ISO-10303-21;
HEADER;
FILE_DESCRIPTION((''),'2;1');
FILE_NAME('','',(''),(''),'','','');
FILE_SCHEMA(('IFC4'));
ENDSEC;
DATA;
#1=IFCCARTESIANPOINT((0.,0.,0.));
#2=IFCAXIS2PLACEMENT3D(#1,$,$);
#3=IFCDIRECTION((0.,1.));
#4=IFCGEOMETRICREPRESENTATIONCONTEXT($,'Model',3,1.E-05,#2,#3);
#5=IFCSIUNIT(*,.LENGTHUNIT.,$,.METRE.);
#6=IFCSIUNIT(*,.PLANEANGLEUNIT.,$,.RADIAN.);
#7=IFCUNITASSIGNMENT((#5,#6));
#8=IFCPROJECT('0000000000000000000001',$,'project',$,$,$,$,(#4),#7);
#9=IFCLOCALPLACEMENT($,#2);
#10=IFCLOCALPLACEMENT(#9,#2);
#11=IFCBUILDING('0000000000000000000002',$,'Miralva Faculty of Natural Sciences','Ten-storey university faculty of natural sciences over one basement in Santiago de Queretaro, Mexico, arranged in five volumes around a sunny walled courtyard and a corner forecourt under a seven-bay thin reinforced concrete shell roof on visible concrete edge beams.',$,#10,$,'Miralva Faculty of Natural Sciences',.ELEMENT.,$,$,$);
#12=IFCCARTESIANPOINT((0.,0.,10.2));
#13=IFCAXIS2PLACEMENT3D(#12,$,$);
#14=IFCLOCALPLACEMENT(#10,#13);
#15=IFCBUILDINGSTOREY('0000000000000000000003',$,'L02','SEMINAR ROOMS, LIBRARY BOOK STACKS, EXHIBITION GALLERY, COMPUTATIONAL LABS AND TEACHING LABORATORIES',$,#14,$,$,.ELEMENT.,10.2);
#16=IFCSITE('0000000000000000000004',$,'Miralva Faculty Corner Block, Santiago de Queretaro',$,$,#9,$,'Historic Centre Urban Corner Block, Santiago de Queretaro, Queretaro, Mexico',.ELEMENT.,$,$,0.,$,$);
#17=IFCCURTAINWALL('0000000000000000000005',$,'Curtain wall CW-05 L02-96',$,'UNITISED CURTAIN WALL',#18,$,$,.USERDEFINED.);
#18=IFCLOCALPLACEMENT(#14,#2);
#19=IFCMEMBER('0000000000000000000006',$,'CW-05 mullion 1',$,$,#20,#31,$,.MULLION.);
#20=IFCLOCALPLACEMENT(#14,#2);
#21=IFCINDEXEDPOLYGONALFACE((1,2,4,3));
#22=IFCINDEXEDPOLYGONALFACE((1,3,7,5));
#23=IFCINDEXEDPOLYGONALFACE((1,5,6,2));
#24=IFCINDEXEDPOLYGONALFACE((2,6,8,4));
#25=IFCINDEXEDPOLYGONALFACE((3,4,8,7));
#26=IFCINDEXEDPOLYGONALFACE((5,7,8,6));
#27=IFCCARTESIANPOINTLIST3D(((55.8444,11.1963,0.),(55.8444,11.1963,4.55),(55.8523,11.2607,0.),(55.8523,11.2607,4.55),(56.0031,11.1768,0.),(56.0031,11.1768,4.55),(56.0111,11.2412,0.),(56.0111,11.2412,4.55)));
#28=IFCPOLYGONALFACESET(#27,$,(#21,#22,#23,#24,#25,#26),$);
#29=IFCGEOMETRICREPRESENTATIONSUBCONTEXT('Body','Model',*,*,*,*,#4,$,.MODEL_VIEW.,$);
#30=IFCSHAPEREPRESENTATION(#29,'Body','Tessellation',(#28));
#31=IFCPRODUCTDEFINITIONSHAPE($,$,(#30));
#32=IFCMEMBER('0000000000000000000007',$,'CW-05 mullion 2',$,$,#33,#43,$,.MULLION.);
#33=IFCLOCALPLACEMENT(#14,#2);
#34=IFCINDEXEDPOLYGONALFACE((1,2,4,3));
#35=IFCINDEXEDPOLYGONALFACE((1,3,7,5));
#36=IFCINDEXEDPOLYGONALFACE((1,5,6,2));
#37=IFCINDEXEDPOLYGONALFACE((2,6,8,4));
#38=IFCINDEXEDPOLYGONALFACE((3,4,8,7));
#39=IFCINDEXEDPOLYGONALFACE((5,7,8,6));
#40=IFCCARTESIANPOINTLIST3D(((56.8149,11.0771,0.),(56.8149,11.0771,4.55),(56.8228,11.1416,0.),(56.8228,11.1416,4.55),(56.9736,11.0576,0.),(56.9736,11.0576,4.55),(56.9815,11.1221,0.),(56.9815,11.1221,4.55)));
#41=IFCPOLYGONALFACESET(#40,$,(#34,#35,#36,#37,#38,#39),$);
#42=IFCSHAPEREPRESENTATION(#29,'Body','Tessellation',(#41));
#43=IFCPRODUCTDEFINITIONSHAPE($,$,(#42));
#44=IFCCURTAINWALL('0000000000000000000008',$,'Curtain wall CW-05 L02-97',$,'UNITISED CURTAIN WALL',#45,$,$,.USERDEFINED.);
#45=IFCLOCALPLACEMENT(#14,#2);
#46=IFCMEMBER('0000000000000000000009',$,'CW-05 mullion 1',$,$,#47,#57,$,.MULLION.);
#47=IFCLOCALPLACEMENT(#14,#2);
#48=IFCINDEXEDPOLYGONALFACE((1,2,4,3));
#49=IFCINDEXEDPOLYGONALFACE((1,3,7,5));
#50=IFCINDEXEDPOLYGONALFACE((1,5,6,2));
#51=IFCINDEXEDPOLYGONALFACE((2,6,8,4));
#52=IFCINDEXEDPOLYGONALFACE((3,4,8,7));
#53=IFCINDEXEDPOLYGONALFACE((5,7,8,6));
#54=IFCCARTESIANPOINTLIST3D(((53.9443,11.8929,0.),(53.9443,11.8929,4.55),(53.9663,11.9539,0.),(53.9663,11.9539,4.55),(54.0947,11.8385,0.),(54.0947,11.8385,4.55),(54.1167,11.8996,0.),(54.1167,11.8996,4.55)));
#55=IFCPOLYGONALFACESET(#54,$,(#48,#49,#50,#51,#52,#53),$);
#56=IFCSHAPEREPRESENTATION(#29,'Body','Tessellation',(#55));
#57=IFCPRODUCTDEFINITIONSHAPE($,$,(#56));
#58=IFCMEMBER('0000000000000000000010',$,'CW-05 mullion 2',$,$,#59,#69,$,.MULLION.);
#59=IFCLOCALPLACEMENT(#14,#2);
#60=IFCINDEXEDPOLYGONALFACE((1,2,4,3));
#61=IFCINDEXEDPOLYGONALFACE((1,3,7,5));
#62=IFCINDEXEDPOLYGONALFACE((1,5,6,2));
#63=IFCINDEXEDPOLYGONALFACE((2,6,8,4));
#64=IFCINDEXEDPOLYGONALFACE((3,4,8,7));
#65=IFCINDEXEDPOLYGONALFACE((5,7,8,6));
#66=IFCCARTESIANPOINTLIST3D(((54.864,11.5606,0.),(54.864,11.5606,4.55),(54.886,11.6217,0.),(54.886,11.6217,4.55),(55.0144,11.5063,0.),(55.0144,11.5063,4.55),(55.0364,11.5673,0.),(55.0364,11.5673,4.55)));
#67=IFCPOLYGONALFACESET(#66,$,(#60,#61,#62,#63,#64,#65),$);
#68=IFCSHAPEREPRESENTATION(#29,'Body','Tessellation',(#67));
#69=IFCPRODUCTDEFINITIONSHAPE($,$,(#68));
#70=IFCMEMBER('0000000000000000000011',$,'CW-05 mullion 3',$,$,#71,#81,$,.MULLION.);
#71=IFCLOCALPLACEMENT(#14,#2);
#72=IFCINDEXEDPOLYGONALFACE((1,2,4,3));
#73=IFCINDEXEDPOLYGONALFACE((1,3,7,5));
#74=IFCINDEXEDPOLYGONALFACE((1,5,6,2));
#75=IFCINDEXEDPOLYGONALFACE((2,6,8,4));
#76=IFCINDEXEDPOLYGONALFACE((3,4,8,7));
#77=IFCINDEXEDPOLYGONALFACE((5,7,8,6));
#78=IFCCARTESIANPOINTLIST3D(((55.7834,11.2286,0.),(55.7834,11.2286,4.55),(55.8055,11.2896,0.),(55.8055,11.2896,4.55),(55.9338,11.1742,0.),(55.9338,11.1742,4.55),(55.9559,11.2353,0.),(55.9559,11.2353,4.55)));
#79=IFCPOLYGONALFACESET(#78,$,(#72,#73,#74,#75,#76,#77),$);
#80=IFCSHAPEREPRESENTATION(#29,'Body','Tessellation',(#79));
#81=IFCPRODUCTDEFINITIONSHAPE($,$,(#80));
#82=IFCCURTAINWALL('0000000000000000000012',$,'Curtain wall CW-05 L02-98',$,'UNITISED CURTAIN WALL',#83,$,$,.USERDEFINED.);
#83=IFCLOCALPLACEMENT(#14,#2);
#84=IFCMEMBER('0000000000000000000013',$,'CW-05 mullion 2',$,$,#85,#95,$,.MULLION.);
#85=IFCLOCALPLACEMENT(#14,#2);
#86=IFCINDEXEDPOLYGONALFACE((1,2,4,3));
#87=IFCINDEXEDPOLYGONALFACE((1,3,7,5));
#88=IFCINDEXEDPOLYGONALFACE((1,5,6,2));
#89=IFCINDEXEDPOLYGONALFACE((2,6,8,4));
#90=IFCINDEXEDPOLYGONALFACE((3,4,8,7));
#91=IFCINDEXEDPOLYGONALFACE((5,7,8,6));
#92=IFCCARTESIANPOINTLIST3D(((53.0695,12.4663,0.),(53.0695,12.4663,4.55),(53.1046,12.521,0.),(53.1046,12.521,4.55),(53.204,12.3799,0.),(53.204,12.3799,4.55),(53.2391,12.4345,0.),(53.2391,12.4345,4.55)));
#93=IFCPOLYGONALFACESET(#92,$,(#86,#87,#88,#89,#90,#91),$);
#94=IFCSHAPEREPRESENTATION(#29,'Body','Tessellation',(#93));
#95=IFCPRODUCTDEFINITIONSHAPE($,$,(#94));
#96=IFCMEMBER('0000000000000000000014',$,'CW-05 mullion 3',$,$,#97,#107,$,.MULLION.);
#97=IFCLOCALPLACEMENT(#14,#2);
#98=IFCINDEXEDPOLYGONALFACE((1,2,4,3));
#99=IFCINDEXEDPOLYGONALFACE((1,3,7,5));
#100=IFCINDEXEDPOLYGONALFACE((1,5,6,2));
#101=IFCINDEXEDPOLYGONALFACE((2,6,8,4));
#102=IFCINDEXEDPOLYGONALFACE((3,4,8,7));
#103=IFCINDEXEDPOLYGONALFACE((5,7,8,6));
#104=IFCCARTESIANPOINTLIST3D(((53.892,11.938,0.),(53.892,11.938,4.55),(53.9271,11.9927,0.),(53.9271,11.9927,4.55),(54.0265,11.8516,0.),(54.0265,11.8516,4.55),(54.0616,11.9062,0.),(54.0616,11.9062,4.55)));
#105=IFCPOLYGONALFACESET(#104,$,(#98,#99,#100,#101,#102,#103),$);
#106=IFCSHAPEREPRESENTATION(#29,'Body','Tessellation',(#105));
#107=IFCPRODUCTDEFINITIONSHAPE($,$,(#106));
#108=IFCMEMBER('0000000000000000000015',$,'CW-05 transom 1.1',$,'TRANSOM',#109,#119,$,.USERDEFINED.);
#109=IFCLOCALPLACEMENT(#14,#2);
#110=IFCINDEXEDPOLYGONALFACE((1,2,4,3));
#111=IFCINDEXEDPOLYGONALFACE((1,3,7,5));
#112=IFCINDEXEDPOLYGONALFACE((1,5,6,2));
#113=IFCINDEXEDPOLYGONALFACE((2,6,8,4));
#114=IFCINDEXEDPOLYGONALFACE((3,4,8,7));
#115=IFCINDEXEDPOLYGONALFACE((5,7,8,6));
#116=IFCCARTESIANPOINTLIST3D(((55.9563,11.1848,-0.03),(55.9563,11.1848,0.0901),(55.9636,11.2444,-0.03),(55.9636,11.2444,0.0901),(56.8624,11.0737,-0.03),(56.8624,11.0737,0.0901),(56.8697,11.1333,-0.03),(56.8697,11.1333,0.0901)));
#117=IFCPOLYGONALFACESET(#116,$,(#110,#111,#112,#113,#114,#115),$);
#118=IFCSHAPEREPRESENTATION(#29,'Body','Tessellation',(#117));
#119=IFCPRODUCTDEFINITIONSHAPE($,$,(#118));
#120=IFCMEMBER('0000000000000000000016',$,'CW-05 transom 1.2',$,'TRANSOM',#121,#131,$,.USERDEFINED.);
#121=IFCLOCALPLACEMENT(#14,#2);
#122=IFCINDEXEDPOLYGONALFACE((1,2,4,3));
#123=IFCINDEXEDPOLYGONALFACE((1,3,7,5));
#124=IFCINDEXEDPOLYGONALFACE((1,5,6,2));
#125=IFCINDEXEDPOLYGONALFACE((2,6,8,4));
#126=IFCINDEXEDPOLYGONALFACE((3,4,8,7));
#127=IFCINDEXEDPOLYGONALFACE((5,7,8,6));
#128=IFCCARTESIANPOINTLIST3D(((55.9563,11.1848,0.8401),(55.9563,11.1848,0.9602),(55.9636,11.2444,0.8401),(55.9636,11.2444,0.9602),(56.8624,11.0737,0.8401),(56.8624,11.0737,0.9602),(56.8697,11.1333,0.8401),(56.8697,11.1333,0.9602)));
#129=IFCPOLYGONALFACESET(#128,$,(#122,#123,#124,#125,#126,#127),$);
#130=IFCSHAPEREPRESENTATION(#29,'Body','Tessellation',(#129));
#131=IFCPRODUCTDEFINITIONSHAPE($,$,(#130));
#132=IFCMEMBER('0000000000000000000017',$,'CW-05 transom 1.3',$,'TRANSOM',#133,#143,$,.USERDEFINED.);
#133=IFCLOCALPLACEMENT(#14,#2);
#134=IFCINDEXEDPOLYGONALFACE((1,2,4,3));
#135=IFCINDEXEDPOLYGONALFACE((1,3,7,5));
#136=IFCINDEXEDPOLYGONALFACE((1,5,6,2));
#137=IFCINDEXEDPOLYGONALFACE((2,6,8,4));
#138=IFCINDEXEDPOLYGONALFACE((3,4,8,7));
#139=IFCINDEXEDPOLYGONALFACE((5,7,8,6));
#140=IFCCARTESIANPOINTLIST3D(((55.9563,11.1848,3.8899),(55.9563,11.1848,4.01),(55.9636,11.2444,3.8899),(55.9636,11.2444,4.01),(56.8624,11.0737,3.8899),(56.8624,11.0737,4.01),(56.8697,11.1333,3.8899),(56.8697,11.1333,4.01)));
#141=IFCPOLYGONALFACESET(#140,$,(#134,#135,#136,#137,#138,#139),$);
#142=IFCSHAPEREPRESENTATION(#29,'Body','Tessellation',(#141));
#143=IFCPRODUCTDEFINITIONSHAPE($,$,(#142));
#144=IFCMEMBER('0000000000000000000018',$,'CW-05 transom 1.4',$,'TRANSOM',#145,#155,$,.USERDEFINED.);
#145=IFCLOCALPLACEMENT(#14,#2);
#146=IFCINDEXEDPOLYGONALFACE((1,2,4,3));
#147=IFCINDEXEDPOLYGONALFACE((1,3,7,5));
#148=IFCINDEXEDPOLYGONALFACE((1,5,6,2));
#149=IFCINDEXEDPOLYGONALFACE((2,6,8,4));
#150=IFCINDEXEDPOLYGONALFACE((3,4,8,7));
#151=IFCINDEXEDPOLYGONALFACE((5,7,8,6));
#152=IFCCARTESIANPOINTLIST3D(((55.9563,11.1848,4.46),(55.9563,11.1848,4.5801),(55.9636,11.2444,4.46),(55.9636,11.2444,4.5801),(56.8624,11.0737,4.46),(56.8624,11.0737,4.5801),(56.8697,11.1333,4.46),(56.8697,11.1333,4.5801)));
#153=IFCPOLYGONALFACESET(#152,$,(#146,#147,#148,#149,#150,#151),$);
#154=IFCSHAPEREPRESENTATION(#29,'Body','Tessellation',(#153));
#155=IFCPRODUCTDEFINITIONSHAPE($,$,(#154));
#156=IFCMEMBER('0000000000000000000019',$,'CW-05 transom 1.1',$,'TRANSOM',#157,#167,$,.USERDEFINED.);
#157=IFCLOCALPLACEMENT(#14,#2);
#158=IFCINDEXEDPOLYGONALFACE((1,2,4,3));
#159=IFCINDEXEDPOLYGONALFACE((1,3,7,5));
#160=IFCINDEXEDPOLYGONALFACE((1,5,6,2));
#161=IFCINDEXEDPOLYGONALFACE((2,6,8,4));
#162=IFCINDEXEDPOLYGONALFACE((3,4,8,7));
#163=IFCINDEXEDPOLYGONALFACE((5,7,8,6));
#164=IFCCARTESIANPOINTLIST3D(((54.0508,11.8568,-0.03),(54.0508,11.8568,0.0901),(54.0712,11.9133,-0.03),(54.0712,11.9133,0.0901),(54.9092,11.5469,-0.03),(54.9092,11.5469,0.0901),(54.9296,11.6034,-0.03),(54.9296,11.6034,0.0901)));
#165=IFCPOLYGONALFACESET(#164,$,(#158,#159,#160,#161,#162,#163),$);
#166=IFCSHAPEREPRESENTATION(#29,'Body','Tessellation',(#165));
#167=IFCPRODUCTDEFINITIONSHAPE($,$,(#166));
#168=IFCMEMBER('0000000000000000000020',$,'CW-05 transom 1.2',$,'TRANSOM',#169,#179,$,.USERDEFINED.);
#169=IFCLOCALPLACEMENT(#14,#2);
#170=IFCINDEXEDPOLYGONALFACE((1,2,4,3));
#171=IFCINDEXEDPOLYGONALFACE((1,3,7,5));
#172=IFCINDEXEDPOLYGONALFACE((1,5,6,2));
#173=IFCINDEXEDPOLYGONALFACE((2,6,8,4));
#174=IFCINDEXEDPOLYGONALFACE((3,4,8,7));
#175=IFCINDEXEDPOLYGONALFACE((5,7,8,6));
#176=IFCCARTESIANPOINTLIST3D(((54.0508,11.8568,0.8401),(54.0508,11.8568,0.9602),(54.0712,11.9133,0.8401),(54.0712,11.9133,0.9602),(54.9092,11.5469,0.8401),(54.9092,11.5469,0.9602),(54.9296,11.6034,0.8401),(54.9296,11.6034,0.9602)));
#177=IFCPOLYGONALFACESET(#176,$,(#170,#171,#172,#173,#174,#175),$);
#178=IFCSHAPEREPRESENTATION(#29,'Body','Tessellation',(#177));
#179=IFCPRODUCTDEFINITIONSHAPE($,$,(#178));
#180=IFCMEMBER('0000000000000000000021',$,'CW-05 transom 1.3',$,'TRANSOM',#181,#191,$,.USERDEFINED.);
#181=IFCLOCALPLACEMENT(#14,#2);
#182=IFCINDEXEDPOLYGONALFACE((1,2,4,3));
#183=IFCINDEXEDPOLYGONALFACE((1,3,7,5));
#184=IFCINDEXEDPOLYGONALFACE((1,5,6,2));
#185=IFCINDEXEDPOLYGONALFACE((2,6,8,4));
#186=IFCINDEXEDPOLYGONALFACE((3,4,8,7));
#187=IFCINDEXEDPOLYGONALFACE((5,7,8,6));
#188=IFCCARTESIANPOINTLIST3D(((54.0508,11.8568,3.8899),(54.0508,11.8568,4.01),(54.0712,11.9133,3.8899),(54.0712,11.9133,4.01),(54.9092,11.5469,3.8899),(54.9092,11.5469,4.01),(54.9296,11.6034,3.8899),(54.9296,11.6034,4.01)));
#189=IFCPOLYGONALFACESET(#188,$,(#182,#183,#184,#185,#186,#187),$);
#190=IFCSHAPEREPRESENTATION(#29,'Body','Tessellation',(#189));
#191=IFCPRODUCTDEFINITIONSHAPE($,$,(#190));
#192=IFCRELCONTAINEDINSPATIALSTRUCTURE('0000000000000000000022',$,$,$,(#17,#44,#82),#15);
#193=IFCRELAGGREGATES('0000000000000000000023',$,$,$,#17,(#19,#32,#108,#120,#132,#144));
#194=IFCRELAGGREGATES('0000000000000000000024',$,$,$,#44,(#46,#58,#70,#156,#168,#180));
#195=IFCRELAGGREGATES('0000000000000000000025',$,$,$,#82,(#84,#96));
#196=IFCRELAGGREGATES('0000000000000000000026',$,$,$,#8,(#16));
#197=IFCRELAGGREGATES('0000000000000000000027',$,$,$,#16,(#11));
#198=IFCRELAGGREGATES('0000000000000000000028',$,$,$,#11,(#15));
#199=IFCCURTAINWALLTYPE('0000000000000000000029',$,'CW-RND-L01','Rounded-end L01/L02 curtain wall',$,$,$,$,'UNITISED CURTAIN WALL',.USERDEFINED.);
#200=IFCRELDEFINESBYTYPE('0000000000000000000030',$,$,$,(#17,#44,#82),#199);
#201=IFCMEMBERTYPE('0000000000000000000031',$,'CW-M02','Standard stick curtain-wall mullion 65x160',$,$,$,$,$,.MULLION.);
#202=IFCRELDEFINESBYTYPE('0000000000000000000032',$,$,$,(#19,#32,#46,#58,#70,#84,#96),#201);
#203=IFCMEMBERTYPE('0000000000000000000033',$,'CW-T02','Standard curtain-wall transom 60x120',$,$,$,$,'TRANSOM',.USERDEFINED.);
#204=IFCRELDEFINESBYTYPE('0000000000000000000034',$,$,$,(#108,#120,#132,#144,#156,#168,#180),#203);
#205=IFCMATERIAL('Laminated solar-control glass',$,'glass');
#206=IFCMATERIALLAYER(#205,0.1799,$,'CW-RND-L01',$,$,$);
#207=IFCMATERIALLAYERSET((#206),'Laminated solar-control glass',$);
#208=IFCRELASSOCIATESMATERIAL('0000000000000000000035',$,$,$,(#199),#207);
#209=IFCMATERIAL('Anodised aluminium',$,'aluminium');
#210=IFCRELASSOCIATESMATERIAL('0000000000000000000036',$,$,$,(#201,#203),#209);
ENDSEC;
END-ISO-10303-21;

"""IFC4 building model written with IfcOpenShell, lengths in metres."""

from ifc_helpers import new_model, si_unit, direction, frame, origin, origin_2d, place, context, subcontext, project, spatial, rectangle, extrude, material, layer, layer_set, material_profile, profile_set, type_object, element, aggregate, save


model = new_model("IFC4")

# Units and contexts
model_context = context("Model", 3, precision=1e-05, world=origin(), true_north=direction((0.0, 1.0)))
body_context = subcontext(model_context, "Body", "Model", "MODEL_VIEW")
ifc_project = project(units=[si_unit("LENGTHUNIT", "METRE"), si_unit("PLANEANGLEUNIT", "RADIAN")], contexts=[model_context])

# Site, building, storey
site_placement = place(None, origin())
site = spatial("IfcSite", under=ifc_project, at=site_placement, Name="Miralva Faculty Corner Block, Santiago de Queretaro", LongName="Historic Centre Urban Corner Block, Santiago de Queretaro, Queretaro, Mexico", CompositionType="ELEMENT", RefElevation=0.0)
building_placement = place(site_placement, origin())
building = spatial("IfcBuilding", under=site, at=building_placement, Name="Miralva Faculty of Natural Sciences", Description="Ten-storey university faculty of natural sciences over one basement in Santiago de Queretaro, Mexico, arranged in five volumes around a sunny walled courtyard and a corner forecourt under a seven-bay thin reinforced concrete shell roof on visible concrete edge beams.", LongName="Miralva Faculty of Natural Sciences", CompositionType="ELEMENT")
storey_placement = place(building_placement, frame((0.0, 0.0, 10.2)))
storey = spatial("IfcBuildingStorey", under=building, at=storey_placement, Name="L02", Description="SEMINAR ROOMS, LIBRARY BOOK STACKS, EXHIBITION GALLERY, COMPUTATIONAL LABS AND TEACHING LABORATORIES", CompositionType="ELEMENT", Elevation=10.2)

# Curtain walls, members
ifc_material_1 = material(Name="Laminated solar-control glass", Category="glass")
ifc_layer_1 = layer(ifc_material_1, 0.1799, Name="CW-RND-L01")
ifc_layer_set_1 = layer_set([ifc_layer_1], Name="Laminated solar-control glass")
curtain_wall_type = type_object("IfcCurtainWallType", Name="CW-RND-L01", Description="Rounded-end L01/L02 curtain wall", ElementType="UNITISED CURTAIN WALL", PredefinedType="USERDEFINED", material=ifc_layer_set_1)
curtain_wall_1_placement = place(storey_placement, origin())
curtain_wall_1 = element("IfcCurtainWall", 1, at=curtain_wall_1_placement, inside=storey, type_object=curtain_wall_type, Name="Curtain wall CW-05 L02-96", ObjectType="UNITISED CURTAIN WALL", PredefinedType="USERDEFINED")
ifc_material_2 = material(Name="Anodised aluminium", Category="aluminium")
ifc_material_profile_1 = material_profile(ifc_material_2, rectangle(XDim=0.0649, YDim=0.1599, at=origin_2d()), Name="MULLION 65x160")
ifc_profile_set_1 = profile_set([ifc_material_profile_1], Name="Anodised aluminium")
member_type_1 = type_object("IfcMemberType", Name="CW-M02", Description="Standard stick curtain-wall mullion 65x160", PredefinedType="MULLION", material=ifc_profile_set_1)
member_1_placement = place(storey_placement, frame((55.9277, 11.2188, 0.0), z_axis=(0.0, 0.0, 1.0), x_axis=(0.12186, 0.992547, 0.0)))
member_1 = element("IfcMember", 2, at=member_1_placement, type_object=member_type_1, Name="CW-05 mullion 1", PredefinedType="MULLION", context=body_context, shape_type="SweptSolid", body=[
    extrude(rectangle(XDim=0.0649, YDim=0.1599, at=origin_2d()), origin(), (0.0, 0.0, 1.0), 4.55),
])
member_2_placement = place(storey_placement, frame((56.8982, 11.0996, 0.0), z_axis=(0.0, 0.0, 1.0), x_axis=(0.12186, 0.992547, 0.0)))
member_2 = element("IfcMember", 3, at=member_2_placement, type_object=member_type_1, Name="CW-05 mullion 2", PredefinedType="MULLION", context=body_context, shape_type="SweptSolid", body=[
    extrude(rectangle(XDim=0.0649, YDim=0.1599, at=origin_2d()), origin(), (0.0, 0.0, 1.0), 4.55),
])
curtain_wall_2_placement = place(storey_placement, origin())
curtain_wall_2 = element("IfcCurtainWall", 4, at=curtain_wall_2_placement, inside=storey, type_object=curtain_wall_type, Name="Curtain wall CW-05 L02-97", ObjectType="UNITISED CURTAIN WALL", PredefinedType="USERDEFINED")
member_3_placement = place(storey_placement, frame((54.0305, 11.8962, 0.0), z_axis=(0.0, 0.0, 1.0), x_axis=(0.339696, 0.940535, 0.0)))
member_3 = element("IfcMember", 5, at=member_3_placement, type_object=member_type_1, Name="CW-05 mullion 1", PredefinedType="MULLION", context=body_context, shape_type="SweptSolid", body=[
    extrude(rectangle(XDim=0.0649, YDim=0.1599, at=origin_2d()), origin(), (0.0, 0.0, 1.0), 4.55),
])
member_4_placement = place(storey_placement, frame((54.9502, 11.564, 0.0), z_axis=(0.0, 0.0, 1.0), x_axis=(0.339696, 0.940535, 0.0)))
member_4 = element("IfcMember", 6, at=member_4_placement, type_object=member_type_1, Name="CW-05 mullion 2", PredefinedType="MULLION", context=body_context, shape_type="SweptSolid", body=[
    extrude(rectangle(XDim=0.0649, YDim=0.1599, at=origin_2d()), origin(), (0.0, 0.0, 1.0), 4.55),
])
member_5_placement = place(storey_placement, frame((55.8696, 11.2319, 0.0), z_axis=(0.0, 0.0, 1.0), x_axis=(0.339696, 0.940535, 0.0)))
member_5 = element("IfcMember", 7, at=member_5_placement, type_object=member_type_1, Name="CW-05 mullion 3", PredefinedType="MULLION", context=body_context, shape_type="SweptSolid", body=[
    extrude(rectangle(XDim=0.0649, YDim=0.1599, at=origin_2d()), origin(), (0.0, 0.0, 1.0), 4.55),
])
curtain_wall_3_placement = place(storey_placement, origin())
curtain_wall_3 = element("IfcCurtainWall", 8, at=curtain_wall_3_placement, inside=storey, type_object=curtain_wall_type, Name="Curtain wall CW-05 L02-98", ObjectType="UNITISED CURTAIN WALL", PredefinedType="USERDEFINED")
member_6_placement = place(storey_placement, frame((53.1543, 12.4504, 0.0), z_axis=(0.0, 0.0, 1.0), x_axis=(0.540445, 0.841379, 0.0)))
member_6 = element("IfcMember", 9, at=member_6_placement, type_object=member_type_1, Name="CW-05 mullion 2", PredefinedType="MULLION", context=body_context, shape_type="SweptSolid", body=[
    extrude(rectangle(XDim=0.0649, YDim=0.1599, at=origin_2d()), origin(), (0.0, 0.0, 1.0), 4.55),
])
member_7_placement = place(storey_placement, frame((53.9768, 11.9221, 0.0), z_axis=(0.0, 0.0, 1.0), x_axis=(0.540445, 0.841379, 0.0)))
member_7 = element("IfcMember", 10, at=member_7_placement, type_object=member_type_1, Name="CW-05 mullion 3", PredefinedType="MULLION", context=body_context, shape_type="SweptSolid", body=[
    extrude(rectangle(XDim=0.0649, YDim=0.1599, at=origin_2d()), origin(), (0.0, 0.0, 1.0), 4.55),
])

# Members
ifc_material_profile_2 = material_profile(ifc_material_2, rectangle(XDim=0.0601, YDim=0.1201, at=origin_2d()), Name="TRANSOM 60x120")
ifc_profile_set_2 = profile_set([ifc_material_profile_2], Name="Anodised aluminium")
member_type_2 = type_object("IfcMemberType", Name="CW-T02", Description="Standard curtain-wall transom 60x120", ElementType="TRANSOM", PredefinedType="USERDEFINED", material=ifc_profile_set_2)
member_8_placement = place(storey_placement, frame((55.96, 11.2146, 0.03), z_axis=(0.992567, -0.121697, 0.0), x_axis=(0.121697, 0.992567, 0.0)))
member_8 = element("IfcMember", 11, at=member_8_placement, type_object=member_type_2, Name="CW-05 transom 1.1", ObjectType="TRANSOM", PredefinedType="USERDEFINED", context=body_context, shape_type="SweptSolid", body=[
    extrude(rectangle(XDim=0.0601, YDim=0.1201, at=origin_2d()), origin(), (0.0, 0.0, 1.0), 0.9128),
])
member_9_placement = place(storey_placement, frame((55.96, 11.2146, 0.9001), z_axis=(0.992567, -0.121697, 0.0), x_axis=(0.121697, 0.992567, 0.0)))
member_9 = element("IfcMember", 12, at=member_9_placement, type_object=member_type_2, Name="CW-05 transom 1.2", ObjectType="TRANSOM", PredefinedType="USERDEFINED", context=body_context, shape_type="SweptSolid", body=[
    extrude(rectangle(XDim=0.0601, YDim=0.1201, at=origin_2d()), origin(), (0.0, 0.0, 1.0), 0.9128),
])
member_10_placement = place(storey_placement, frame((55.96, 11.2146, 3.95), z_axis=(0.992567, -0.121697, 0.0), x_axis=(0.121697, 0.992567, 0.0)))
member_10 = element("IfcMember", 13, at=member_10_placement, type_object=member_type_2, Name="CW-05 transom 1.3", ObjectType="TRANSOM", PredefinedType="USERDEFINED", context=body_context, shape_type="SweptSolid", body=[
    extrude(rectangle(XDim=0.0601, YDim=0.1201, at=origin_2d()), origin(), (0.0, 0.0, 1.0), 0.9128),
])
member_11_placement = place(storey_placement, frame((55.96, 11.2146, 4.52), z_axis=(0.992567, -0.121697, 0.0), x_axis=(0.121697, 0.992567, 0.0)))
member_11 = element("IfcMember", 14, at=member_11_placement, type_object=member_type_2, Name="CW-05 transom 1.4", ObjectType="TRANSOM", PredefinedType="USERDEFINED", context=body_context, shape_type="SweptSolid", body=[
    extrude(rectangle(XDim=0.0601, YDim=0.1201, at=origin_2d()), origin(), (0.0, 0.0, 1.0), 0.9128),
])
member_12_placement = place(storey_placement, frame((54.061, 11.885, 0.03), z_axis=(0.940611, -0.339487, 0.0), x_axis=(0.339487, 0.940611, 0.0)))
member_12 = element("IfcMember", 15, at=member_12_placement, type_object=member_type_2, Name="CW-05 transom 1.1", ObjectType="TRANSOM", PredefinedType="USERDEFINED", context=body_context, shape_type="SweptSolid", body=[
    extrude(rectangle(XDim=0.0601, YDim=0.1201, at=origin_2d()), origin(), (0.0, 0.0, 1.0), 0.9126),
])
member_13_placement = place(storey_placement, frame((54.061, 11.885, 0.9001), z_axis=(0.940611, -0.339487, 0.0), x_axis=(0.339487, 0.940611, 0.0)))
member_13 = element("IfcMember", 16, at=member_13_placement, type_object=member_type_2, Name="CW-05 transom 1.2", ObjectType="TRANSOM", PredefinedType="USERDEFINED", context=body_context, shape_type="SweptSolid", body=[
    extrude(rectangle(XDim=0.0601, YDim=0.1201, at=origin_2d()), origin(), (0.0, 0.0, 1.0), 0.9126),
])
member_14_placement = place(storey_placement, frame((54.061, 11.885, 3.95), z_axis=(0.940611, -0.339487, 0.0), x_axis=(0.339487, 0.940611, 0.0)))
member_14 = element("IfcMember", 17, at=member_14_placement, type_object=member_type_2, Name="CW-05 transom 1.3", ObjectType="TRANSOM", PredefinedType="USERDEFINED", context=body_context, shape_type="SweptSolid", body=[
    extrude(rectangle(XDim=0.0601, YDim=0.1201, at=origin_2d()), origin(), (0.0, 0.0, 1.0), 0.9126),
])

aggregate(curtain_wall_1, [member_1, member_2, member_8, member_9, member_10, member_11])
aggregate(curtain_wall_2, [member_3, member_4, member_5, member_12, member_13, member_14])
aggregate(curtain_wall_3, [member_6, member_7])

save(model, "model.ifc")
